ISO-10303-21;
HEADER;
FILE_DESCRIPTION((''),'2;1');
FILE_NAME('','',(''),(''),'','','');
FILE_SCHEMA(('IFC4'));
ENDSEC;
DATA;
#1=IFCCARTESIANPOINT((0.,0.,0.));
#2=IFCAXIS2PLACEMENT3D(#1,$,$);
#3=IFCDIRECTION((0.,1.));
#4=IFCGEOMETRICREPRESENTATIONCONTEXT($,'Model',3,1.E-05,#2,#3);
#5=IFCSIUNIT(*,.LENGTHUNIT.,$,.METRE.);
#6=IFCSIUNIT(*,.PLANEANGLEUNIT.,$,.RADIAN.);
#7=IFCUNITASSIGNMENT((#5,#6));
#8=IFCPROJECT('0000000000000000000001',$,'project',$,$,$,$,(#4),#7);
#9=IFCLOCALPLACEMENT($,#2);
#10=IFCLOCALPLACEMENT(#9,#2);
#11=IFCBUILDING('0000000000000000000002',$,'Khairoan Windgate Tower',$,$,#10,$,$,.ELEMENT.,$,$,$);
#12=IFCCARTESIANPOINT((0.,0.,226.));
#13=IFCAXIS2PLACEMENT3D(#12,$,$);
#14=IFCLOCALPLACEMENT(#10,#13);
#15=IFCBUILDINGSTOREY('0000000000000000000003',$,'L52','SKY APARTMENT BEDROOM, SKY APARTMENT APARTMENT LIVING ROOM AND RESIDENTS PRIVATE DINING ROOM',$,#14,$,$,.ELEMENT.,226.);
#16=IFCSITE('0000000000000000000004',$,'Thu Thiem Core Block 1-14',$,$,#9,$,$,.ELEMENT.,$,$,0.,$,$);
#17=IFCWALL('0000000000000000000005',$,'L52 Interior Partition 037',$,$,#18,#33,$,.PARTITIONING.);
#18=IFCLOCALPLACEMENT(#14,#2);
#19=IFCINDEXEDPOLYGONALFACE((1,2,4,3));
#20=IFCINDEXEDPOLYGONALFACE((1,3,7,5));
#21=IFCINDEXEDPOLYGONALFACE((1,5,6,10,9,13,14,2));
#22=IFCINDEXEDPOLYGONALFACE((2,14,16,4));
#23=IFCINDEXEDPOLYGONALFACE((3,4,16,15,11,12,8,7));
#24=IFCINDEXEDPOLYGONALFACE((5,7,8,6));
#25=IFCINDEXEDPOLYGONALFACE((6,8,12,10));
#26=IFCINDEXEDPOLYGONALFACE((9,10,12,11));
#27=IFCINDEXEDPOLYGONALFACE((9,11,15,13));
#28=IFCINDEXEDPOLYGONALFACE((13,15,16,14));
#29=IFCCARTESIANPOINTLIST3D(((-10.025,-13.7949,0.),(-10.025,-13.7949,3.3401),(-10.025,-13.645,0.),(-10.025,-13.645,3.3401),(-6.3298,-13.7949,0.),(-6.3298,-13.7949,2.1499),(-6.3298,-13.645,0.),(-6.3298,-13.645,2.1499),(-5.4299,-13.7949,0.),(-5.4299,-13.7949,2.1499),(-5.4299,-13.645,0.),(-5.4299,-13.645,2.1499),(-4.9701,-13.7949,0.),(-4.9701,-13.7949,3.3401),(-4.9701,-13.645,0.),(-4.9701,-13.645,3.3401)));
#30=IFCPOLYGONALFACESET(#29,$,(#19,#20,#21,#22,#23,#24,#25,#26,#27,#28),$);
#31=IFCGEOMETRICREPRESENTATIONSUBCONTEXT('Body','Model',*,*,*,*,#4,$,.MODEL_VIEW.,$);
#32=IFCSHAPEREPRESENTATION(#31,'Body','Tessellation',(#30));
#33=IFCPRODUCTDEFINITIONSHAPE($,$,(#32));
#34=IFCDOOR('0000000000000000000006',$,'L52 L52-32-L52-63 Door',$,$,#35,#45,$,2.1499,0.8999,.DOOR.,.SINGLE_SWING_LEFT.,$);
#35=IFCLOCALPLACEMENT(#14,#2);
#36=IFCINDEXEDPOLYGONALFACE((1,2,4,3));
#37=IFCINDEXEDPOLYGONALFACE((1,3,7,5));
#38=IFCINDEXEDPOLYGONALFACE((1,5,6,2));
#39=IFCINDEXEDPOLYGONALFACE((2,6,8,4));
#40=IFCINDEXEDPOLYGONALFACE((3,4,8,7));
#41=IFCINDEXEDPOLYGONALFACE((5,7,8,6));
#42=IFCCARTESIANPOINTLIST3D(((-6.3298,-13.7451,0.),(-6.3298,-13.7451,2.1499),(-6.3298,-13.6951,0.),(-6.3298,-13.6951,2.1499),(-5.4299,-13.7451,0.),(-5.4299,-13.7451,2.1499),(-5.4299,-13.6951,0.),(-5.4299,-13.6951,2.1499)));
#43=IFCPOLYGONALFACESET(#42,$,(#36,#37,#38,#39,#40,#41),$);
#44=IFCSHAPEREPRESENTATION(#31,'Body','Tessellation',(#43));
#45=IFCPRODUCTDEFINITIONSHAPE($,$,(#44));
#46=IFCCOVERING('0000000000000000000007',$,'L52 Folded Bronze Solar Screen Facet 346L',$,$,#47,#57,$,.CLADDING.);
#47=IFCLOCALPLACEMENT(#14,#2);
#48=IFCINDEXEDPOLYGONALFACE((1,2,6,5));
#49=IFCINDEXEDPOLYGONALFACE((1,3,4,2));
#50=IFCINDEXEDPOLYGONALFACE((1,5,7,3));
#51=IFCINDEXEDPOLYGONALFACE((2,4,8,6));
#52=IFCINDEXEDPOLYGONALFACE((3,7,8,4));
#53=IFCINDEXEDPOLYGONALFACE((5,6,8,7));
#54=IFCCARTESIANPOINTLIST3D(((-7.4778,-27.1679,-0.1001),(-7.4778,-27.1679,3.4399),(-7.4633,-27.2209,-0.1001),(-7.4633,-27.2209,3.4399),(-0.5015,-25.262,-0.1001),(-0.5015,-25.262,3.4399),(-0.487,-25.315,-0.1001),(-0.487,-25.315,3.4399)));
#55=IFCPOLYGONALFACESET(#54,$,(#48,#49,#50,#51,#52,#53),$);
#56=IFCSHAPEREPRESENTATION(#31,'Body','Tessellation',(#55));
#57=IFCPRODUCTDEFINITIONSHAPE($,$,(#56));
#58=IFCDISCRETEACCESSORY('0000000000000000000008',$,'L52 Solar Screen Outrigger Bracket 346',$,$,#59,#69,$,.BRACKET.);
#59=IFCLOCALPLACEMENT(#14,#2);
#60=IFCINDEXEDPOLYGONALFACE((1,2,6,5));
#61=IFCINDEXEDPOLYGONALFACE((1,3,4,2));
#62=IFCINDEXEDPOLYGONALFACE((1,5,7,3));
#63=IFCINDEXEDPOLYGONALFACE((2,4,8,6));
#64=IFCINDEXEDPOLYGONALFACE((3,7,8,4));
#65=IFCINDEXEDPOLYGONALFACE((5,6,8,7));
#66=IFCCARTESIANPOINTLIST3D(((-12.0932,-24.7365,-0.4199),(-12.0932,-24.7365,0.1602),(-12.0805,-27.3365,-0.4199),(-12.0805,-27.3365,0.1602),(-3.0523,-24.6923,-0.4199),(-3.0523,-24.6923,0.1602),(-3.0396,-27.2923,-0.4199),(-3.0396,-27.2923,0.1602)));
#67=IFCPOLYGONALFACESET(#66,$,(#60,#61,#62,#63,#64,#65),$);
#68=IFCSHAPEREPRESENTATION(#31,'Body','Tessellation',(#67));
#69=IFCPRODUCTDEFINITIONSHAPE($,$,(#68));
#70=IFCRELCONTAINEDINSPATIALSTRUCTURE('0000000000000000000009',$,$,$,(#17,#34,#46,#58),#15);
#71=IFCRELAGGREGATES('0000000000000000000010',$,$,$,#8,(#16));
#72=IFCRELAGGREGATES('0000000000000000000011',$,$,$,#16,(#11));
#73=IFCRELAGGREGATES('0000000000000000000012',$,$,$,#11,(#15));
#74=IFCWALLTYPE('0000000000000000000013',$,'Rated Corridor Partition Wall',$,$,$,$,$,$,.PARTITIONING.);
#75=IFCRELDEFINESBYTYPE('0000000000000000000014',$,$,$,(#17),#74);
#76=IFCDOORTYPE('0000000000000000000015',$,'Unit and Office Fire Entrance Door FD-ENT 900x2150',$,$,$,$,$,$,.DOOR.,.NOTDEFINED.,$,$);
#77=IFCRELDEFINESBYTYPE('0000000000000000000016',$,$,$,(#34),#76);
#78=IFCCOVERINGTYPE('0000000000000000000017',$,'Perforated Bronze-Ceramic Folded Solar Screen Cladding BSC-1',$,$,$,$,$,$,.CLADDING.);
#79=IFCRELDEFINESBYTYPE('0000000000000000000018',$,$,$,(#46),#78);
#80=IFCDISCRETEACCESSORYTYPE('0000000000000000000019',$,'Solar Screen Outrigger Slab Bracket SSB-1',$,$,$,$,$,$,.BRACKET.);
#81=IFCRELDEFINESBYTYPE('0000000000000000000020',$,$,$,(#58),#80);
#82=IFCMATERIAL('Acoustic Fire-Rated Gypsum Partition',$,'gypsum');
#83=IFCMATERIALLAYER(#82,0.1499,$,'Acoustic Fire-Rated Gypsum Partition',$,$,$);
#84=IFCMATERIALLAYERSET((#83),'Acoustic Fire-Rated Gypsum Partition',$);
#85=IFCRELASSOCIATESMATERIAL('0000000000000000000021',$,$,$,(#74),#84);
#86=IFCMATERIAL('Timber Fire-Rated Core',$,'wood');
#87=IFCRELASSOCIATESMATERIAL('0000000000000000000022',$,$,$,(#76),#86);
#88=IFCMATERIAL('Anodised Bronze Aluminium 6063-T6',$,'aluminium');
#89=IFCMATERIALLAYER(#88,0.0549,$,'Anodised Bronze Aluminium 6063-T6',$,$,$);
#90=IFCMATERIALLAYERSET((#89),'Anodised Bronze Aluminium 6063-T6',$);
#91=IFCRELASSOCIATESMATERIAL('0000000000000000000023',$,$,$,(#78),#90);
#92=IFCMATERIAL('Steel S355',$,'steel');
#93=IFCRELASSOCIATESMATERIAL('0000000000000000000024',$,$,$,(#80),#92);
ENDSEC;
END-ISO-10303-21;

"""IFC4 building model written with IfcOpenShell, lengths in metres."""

from ifc_helpers import new_model, si_unit, direction, frame, frame_2d, origin, origin_2d, place, context, subcontext, project, spatial, rectangle, extrude, material, layer, layer_set, type_object, element, fill, save


model = new_model("IFC4")

# Units and contexts
model_context = context("Model", 3, precision=1e-05, world=origin(), true_north=direction((0.0, 1.0)))
body_context = subcontext(model_context, "Body", "Model", "MODEL_VIEW")
ifc_project = project(units=[si_unit("LENGTHUNIT", "METRE"), si_unit("PLANEANGLEUNIT", "RADIAN")], contexts=[model_context])

# Site, building, storey
site_placement = place(None, origin())
site = spatial("IfcSite", under=ifc_project, at=site_placement, Name="Thu Thiem Core Block 1-14", CompositionType="ELEMENT", RefElevation=0.0)
building_placement = place(site_placement, origin())
building = spatial("IfcBuilding", under=site, at=building_placement, Name="Khairoan Windgate Tower", CompositionType="ELEMENT")
storey_placement = place(building_placement, frame((0.0, 0.0, 226.0)))
storey = spatial("IfcBuildingStorey", under=building, at=storey_placement, Name="L52", Description="SKY APARTMENT BEDROOM, SKY APARTMENT APARTMENT LIVING ROOM AND RESIDENTS PRIVATE DINING ROOM", CompositionType="ELEMENT", Elevation=226.0)

# Shared definitions
ifc_material_1 = material(Name="Acoustic Fire-Rated Gypsum Partition", Category="gypsum")
ifc_layer_1 = layer(ifc_material_1, 0.1499, Name="Acoustic Fire-Rated Gypsum Partition")
ifc_layer_set_1 = layer_set([ifc_layer_1], Name="Acoustic Fire-Rated Gypsum Partition")
wall_type_1 = type_object("IfcWallType", Name="Rated Corridor Partition Wall", PredefinedType="PARTITIONING", material=ifc_layer_set_1)
ifc_material_2 = material(Name="Timber Fire-Rated Core", Category="wood")
door_type_1 = type_object("IfcDoorType", Name="Unit and Office Fire Entrance Door FD-ENT 900x2150", OperationType="NOTDEFINED", PredefinedType="DOOR", material=ifc_material_2)

# Wall, opening, door
wall_1_placement = place(storey_placement, frame((-10.0249, -13.72, 0.0), z_axis=(0.0, 0.0, 1.0), x_axis=(1.0, 0.0, 0.0)))
wall_1 = element("IfcWall", 1, at=wall_1_placement, inside=storey, type_object=wall_type_1, Name="L52 Interior Partition 037", PredefinedType="PARTITIONING", context=body_context, shape_type="SweptSolid", body=[
    extrude(rectangle(XDim=5.0549, YDim=0.1499, at=frame_2d((2.5273, 0.0))), origin(), (0.0, 0.0, 1.0), 3.3401),
])
opening_1_placement = place(wall_1_placement, frame((3.6951, 0.0, 0.0)))
opening_1 = element("IfcOpeningElement", 2, at=opening_1_placement, cuts=wall_1, PredefinedType="OPENING", context=body_context, shape_type="SweptSolid", body=[
    extrude(rectangle(XDim=0.8999, YDim=2.1499, at=frame_2d((0.45, 1.075))), frame((0.0, 0.085, 0.0), z_axis=(0.0, -1.0, 0.0), x_axis=(1.0, 0.0, 0.0)), (0.0, 0.0, 1.0), 0.1699),
])
door_1_placement = place(opening_1_placement, origin())
door_1 = element("IfcDoor", 3, at=door_1_placement, inside=storey, type_object=door_type_1, Name="L52 L52-32-L52-63 Door", OperationType="SINGLE_SWING_LEFT", OverallHeight=2.1499, OverallWidth=0.8999, PredefinedType="DOOR", context=body_context, shape_type="SweptSolid", body=[
    extrude(rectangle(XDim=0.8999, YDim=2.1499, at=frame_2d((0.45, 1.075))), frame((0.0, 0.0249, 0.0), z_axis=(0.0, -1.0, 0.0), x_axis=(1.0, 0.0, 0.0)), (0.0, 0.0, 1.0), 0.05),
])
fill(opening_1, door_1)

# Covering
ifc_material_3 = material(Name="Anodised Bronze Aluminium 6063-T6", Category="aluminium")
ifc_layer_2 = layer(ifc_material_3, 0.0549, Name="Anodised Bronze Aluminium 6063-T6")
ifc_layer_set_2 = layer_set([ifc_layer_2], Name="Anodised Bronze Aluminium 6063-T6")
covering_type = type_object("IfcCoveringType", Name="Perforated Bronze-Ceramic Folded Solar Screen Cladding BSC-1", PredefinedType="CLADDING", material=ifc_layer_set_2)
covering_placement = place(storey_placement, frame((-3.9824, -26.2415, -0.1001), z_axis=(0.0, 0.0, 1.0), x_axis=(-0.964649, -0.263536, 0.0)))
element("IfcCovering", 4, at=covering_placement, inside=storey, type_object=covering_type, Name="L52 Folded Bronze Solar Screen Facet 346L", PredefinedType="CLADDING", context=body_context, shape_type="SweptSolid", body=[
    extrude(rectangle(XDim=7.2319, YDim=0.0549, at=origin_2d()), origin(), (0.0, 0.0, 1.0), 3.54),
])

# Discrete accessory
ifc_material_4 = material(Name="Steel S355", Category="steel")
discrete_accessory_type = type_object("IfcDiscreteAccessoryType", Name="Solar Screen Outrigger Slab Bracket SSB-1", PredefinedType="BRACKET", material=ifc_material_4)
discrete_accessory_placement = place(storey_placement, frame((-7.5664, -26.0144, -0.4199), z_axis=(0.0, 0.0, 1.0), x_axis=(-0.999988, -0.004887, 0.0)))
element("IfcDiscreteAccessory", 5, at=discrete_accessory_placement, inside=storey, type_object=discrete_accessory_type, Name="L52 Solar Screen Outrigger Bracket 346", PredefinedType="BRACKET", context=body_context, shape_type="SweptSolid", body=[
    extrude(rectangle(XDim=9.041, YDim=2.6001, at=origin_2d()), origin(), (0.0, 0.0, 1.0), 0.5801),
])

save(model, "model.ifc")
